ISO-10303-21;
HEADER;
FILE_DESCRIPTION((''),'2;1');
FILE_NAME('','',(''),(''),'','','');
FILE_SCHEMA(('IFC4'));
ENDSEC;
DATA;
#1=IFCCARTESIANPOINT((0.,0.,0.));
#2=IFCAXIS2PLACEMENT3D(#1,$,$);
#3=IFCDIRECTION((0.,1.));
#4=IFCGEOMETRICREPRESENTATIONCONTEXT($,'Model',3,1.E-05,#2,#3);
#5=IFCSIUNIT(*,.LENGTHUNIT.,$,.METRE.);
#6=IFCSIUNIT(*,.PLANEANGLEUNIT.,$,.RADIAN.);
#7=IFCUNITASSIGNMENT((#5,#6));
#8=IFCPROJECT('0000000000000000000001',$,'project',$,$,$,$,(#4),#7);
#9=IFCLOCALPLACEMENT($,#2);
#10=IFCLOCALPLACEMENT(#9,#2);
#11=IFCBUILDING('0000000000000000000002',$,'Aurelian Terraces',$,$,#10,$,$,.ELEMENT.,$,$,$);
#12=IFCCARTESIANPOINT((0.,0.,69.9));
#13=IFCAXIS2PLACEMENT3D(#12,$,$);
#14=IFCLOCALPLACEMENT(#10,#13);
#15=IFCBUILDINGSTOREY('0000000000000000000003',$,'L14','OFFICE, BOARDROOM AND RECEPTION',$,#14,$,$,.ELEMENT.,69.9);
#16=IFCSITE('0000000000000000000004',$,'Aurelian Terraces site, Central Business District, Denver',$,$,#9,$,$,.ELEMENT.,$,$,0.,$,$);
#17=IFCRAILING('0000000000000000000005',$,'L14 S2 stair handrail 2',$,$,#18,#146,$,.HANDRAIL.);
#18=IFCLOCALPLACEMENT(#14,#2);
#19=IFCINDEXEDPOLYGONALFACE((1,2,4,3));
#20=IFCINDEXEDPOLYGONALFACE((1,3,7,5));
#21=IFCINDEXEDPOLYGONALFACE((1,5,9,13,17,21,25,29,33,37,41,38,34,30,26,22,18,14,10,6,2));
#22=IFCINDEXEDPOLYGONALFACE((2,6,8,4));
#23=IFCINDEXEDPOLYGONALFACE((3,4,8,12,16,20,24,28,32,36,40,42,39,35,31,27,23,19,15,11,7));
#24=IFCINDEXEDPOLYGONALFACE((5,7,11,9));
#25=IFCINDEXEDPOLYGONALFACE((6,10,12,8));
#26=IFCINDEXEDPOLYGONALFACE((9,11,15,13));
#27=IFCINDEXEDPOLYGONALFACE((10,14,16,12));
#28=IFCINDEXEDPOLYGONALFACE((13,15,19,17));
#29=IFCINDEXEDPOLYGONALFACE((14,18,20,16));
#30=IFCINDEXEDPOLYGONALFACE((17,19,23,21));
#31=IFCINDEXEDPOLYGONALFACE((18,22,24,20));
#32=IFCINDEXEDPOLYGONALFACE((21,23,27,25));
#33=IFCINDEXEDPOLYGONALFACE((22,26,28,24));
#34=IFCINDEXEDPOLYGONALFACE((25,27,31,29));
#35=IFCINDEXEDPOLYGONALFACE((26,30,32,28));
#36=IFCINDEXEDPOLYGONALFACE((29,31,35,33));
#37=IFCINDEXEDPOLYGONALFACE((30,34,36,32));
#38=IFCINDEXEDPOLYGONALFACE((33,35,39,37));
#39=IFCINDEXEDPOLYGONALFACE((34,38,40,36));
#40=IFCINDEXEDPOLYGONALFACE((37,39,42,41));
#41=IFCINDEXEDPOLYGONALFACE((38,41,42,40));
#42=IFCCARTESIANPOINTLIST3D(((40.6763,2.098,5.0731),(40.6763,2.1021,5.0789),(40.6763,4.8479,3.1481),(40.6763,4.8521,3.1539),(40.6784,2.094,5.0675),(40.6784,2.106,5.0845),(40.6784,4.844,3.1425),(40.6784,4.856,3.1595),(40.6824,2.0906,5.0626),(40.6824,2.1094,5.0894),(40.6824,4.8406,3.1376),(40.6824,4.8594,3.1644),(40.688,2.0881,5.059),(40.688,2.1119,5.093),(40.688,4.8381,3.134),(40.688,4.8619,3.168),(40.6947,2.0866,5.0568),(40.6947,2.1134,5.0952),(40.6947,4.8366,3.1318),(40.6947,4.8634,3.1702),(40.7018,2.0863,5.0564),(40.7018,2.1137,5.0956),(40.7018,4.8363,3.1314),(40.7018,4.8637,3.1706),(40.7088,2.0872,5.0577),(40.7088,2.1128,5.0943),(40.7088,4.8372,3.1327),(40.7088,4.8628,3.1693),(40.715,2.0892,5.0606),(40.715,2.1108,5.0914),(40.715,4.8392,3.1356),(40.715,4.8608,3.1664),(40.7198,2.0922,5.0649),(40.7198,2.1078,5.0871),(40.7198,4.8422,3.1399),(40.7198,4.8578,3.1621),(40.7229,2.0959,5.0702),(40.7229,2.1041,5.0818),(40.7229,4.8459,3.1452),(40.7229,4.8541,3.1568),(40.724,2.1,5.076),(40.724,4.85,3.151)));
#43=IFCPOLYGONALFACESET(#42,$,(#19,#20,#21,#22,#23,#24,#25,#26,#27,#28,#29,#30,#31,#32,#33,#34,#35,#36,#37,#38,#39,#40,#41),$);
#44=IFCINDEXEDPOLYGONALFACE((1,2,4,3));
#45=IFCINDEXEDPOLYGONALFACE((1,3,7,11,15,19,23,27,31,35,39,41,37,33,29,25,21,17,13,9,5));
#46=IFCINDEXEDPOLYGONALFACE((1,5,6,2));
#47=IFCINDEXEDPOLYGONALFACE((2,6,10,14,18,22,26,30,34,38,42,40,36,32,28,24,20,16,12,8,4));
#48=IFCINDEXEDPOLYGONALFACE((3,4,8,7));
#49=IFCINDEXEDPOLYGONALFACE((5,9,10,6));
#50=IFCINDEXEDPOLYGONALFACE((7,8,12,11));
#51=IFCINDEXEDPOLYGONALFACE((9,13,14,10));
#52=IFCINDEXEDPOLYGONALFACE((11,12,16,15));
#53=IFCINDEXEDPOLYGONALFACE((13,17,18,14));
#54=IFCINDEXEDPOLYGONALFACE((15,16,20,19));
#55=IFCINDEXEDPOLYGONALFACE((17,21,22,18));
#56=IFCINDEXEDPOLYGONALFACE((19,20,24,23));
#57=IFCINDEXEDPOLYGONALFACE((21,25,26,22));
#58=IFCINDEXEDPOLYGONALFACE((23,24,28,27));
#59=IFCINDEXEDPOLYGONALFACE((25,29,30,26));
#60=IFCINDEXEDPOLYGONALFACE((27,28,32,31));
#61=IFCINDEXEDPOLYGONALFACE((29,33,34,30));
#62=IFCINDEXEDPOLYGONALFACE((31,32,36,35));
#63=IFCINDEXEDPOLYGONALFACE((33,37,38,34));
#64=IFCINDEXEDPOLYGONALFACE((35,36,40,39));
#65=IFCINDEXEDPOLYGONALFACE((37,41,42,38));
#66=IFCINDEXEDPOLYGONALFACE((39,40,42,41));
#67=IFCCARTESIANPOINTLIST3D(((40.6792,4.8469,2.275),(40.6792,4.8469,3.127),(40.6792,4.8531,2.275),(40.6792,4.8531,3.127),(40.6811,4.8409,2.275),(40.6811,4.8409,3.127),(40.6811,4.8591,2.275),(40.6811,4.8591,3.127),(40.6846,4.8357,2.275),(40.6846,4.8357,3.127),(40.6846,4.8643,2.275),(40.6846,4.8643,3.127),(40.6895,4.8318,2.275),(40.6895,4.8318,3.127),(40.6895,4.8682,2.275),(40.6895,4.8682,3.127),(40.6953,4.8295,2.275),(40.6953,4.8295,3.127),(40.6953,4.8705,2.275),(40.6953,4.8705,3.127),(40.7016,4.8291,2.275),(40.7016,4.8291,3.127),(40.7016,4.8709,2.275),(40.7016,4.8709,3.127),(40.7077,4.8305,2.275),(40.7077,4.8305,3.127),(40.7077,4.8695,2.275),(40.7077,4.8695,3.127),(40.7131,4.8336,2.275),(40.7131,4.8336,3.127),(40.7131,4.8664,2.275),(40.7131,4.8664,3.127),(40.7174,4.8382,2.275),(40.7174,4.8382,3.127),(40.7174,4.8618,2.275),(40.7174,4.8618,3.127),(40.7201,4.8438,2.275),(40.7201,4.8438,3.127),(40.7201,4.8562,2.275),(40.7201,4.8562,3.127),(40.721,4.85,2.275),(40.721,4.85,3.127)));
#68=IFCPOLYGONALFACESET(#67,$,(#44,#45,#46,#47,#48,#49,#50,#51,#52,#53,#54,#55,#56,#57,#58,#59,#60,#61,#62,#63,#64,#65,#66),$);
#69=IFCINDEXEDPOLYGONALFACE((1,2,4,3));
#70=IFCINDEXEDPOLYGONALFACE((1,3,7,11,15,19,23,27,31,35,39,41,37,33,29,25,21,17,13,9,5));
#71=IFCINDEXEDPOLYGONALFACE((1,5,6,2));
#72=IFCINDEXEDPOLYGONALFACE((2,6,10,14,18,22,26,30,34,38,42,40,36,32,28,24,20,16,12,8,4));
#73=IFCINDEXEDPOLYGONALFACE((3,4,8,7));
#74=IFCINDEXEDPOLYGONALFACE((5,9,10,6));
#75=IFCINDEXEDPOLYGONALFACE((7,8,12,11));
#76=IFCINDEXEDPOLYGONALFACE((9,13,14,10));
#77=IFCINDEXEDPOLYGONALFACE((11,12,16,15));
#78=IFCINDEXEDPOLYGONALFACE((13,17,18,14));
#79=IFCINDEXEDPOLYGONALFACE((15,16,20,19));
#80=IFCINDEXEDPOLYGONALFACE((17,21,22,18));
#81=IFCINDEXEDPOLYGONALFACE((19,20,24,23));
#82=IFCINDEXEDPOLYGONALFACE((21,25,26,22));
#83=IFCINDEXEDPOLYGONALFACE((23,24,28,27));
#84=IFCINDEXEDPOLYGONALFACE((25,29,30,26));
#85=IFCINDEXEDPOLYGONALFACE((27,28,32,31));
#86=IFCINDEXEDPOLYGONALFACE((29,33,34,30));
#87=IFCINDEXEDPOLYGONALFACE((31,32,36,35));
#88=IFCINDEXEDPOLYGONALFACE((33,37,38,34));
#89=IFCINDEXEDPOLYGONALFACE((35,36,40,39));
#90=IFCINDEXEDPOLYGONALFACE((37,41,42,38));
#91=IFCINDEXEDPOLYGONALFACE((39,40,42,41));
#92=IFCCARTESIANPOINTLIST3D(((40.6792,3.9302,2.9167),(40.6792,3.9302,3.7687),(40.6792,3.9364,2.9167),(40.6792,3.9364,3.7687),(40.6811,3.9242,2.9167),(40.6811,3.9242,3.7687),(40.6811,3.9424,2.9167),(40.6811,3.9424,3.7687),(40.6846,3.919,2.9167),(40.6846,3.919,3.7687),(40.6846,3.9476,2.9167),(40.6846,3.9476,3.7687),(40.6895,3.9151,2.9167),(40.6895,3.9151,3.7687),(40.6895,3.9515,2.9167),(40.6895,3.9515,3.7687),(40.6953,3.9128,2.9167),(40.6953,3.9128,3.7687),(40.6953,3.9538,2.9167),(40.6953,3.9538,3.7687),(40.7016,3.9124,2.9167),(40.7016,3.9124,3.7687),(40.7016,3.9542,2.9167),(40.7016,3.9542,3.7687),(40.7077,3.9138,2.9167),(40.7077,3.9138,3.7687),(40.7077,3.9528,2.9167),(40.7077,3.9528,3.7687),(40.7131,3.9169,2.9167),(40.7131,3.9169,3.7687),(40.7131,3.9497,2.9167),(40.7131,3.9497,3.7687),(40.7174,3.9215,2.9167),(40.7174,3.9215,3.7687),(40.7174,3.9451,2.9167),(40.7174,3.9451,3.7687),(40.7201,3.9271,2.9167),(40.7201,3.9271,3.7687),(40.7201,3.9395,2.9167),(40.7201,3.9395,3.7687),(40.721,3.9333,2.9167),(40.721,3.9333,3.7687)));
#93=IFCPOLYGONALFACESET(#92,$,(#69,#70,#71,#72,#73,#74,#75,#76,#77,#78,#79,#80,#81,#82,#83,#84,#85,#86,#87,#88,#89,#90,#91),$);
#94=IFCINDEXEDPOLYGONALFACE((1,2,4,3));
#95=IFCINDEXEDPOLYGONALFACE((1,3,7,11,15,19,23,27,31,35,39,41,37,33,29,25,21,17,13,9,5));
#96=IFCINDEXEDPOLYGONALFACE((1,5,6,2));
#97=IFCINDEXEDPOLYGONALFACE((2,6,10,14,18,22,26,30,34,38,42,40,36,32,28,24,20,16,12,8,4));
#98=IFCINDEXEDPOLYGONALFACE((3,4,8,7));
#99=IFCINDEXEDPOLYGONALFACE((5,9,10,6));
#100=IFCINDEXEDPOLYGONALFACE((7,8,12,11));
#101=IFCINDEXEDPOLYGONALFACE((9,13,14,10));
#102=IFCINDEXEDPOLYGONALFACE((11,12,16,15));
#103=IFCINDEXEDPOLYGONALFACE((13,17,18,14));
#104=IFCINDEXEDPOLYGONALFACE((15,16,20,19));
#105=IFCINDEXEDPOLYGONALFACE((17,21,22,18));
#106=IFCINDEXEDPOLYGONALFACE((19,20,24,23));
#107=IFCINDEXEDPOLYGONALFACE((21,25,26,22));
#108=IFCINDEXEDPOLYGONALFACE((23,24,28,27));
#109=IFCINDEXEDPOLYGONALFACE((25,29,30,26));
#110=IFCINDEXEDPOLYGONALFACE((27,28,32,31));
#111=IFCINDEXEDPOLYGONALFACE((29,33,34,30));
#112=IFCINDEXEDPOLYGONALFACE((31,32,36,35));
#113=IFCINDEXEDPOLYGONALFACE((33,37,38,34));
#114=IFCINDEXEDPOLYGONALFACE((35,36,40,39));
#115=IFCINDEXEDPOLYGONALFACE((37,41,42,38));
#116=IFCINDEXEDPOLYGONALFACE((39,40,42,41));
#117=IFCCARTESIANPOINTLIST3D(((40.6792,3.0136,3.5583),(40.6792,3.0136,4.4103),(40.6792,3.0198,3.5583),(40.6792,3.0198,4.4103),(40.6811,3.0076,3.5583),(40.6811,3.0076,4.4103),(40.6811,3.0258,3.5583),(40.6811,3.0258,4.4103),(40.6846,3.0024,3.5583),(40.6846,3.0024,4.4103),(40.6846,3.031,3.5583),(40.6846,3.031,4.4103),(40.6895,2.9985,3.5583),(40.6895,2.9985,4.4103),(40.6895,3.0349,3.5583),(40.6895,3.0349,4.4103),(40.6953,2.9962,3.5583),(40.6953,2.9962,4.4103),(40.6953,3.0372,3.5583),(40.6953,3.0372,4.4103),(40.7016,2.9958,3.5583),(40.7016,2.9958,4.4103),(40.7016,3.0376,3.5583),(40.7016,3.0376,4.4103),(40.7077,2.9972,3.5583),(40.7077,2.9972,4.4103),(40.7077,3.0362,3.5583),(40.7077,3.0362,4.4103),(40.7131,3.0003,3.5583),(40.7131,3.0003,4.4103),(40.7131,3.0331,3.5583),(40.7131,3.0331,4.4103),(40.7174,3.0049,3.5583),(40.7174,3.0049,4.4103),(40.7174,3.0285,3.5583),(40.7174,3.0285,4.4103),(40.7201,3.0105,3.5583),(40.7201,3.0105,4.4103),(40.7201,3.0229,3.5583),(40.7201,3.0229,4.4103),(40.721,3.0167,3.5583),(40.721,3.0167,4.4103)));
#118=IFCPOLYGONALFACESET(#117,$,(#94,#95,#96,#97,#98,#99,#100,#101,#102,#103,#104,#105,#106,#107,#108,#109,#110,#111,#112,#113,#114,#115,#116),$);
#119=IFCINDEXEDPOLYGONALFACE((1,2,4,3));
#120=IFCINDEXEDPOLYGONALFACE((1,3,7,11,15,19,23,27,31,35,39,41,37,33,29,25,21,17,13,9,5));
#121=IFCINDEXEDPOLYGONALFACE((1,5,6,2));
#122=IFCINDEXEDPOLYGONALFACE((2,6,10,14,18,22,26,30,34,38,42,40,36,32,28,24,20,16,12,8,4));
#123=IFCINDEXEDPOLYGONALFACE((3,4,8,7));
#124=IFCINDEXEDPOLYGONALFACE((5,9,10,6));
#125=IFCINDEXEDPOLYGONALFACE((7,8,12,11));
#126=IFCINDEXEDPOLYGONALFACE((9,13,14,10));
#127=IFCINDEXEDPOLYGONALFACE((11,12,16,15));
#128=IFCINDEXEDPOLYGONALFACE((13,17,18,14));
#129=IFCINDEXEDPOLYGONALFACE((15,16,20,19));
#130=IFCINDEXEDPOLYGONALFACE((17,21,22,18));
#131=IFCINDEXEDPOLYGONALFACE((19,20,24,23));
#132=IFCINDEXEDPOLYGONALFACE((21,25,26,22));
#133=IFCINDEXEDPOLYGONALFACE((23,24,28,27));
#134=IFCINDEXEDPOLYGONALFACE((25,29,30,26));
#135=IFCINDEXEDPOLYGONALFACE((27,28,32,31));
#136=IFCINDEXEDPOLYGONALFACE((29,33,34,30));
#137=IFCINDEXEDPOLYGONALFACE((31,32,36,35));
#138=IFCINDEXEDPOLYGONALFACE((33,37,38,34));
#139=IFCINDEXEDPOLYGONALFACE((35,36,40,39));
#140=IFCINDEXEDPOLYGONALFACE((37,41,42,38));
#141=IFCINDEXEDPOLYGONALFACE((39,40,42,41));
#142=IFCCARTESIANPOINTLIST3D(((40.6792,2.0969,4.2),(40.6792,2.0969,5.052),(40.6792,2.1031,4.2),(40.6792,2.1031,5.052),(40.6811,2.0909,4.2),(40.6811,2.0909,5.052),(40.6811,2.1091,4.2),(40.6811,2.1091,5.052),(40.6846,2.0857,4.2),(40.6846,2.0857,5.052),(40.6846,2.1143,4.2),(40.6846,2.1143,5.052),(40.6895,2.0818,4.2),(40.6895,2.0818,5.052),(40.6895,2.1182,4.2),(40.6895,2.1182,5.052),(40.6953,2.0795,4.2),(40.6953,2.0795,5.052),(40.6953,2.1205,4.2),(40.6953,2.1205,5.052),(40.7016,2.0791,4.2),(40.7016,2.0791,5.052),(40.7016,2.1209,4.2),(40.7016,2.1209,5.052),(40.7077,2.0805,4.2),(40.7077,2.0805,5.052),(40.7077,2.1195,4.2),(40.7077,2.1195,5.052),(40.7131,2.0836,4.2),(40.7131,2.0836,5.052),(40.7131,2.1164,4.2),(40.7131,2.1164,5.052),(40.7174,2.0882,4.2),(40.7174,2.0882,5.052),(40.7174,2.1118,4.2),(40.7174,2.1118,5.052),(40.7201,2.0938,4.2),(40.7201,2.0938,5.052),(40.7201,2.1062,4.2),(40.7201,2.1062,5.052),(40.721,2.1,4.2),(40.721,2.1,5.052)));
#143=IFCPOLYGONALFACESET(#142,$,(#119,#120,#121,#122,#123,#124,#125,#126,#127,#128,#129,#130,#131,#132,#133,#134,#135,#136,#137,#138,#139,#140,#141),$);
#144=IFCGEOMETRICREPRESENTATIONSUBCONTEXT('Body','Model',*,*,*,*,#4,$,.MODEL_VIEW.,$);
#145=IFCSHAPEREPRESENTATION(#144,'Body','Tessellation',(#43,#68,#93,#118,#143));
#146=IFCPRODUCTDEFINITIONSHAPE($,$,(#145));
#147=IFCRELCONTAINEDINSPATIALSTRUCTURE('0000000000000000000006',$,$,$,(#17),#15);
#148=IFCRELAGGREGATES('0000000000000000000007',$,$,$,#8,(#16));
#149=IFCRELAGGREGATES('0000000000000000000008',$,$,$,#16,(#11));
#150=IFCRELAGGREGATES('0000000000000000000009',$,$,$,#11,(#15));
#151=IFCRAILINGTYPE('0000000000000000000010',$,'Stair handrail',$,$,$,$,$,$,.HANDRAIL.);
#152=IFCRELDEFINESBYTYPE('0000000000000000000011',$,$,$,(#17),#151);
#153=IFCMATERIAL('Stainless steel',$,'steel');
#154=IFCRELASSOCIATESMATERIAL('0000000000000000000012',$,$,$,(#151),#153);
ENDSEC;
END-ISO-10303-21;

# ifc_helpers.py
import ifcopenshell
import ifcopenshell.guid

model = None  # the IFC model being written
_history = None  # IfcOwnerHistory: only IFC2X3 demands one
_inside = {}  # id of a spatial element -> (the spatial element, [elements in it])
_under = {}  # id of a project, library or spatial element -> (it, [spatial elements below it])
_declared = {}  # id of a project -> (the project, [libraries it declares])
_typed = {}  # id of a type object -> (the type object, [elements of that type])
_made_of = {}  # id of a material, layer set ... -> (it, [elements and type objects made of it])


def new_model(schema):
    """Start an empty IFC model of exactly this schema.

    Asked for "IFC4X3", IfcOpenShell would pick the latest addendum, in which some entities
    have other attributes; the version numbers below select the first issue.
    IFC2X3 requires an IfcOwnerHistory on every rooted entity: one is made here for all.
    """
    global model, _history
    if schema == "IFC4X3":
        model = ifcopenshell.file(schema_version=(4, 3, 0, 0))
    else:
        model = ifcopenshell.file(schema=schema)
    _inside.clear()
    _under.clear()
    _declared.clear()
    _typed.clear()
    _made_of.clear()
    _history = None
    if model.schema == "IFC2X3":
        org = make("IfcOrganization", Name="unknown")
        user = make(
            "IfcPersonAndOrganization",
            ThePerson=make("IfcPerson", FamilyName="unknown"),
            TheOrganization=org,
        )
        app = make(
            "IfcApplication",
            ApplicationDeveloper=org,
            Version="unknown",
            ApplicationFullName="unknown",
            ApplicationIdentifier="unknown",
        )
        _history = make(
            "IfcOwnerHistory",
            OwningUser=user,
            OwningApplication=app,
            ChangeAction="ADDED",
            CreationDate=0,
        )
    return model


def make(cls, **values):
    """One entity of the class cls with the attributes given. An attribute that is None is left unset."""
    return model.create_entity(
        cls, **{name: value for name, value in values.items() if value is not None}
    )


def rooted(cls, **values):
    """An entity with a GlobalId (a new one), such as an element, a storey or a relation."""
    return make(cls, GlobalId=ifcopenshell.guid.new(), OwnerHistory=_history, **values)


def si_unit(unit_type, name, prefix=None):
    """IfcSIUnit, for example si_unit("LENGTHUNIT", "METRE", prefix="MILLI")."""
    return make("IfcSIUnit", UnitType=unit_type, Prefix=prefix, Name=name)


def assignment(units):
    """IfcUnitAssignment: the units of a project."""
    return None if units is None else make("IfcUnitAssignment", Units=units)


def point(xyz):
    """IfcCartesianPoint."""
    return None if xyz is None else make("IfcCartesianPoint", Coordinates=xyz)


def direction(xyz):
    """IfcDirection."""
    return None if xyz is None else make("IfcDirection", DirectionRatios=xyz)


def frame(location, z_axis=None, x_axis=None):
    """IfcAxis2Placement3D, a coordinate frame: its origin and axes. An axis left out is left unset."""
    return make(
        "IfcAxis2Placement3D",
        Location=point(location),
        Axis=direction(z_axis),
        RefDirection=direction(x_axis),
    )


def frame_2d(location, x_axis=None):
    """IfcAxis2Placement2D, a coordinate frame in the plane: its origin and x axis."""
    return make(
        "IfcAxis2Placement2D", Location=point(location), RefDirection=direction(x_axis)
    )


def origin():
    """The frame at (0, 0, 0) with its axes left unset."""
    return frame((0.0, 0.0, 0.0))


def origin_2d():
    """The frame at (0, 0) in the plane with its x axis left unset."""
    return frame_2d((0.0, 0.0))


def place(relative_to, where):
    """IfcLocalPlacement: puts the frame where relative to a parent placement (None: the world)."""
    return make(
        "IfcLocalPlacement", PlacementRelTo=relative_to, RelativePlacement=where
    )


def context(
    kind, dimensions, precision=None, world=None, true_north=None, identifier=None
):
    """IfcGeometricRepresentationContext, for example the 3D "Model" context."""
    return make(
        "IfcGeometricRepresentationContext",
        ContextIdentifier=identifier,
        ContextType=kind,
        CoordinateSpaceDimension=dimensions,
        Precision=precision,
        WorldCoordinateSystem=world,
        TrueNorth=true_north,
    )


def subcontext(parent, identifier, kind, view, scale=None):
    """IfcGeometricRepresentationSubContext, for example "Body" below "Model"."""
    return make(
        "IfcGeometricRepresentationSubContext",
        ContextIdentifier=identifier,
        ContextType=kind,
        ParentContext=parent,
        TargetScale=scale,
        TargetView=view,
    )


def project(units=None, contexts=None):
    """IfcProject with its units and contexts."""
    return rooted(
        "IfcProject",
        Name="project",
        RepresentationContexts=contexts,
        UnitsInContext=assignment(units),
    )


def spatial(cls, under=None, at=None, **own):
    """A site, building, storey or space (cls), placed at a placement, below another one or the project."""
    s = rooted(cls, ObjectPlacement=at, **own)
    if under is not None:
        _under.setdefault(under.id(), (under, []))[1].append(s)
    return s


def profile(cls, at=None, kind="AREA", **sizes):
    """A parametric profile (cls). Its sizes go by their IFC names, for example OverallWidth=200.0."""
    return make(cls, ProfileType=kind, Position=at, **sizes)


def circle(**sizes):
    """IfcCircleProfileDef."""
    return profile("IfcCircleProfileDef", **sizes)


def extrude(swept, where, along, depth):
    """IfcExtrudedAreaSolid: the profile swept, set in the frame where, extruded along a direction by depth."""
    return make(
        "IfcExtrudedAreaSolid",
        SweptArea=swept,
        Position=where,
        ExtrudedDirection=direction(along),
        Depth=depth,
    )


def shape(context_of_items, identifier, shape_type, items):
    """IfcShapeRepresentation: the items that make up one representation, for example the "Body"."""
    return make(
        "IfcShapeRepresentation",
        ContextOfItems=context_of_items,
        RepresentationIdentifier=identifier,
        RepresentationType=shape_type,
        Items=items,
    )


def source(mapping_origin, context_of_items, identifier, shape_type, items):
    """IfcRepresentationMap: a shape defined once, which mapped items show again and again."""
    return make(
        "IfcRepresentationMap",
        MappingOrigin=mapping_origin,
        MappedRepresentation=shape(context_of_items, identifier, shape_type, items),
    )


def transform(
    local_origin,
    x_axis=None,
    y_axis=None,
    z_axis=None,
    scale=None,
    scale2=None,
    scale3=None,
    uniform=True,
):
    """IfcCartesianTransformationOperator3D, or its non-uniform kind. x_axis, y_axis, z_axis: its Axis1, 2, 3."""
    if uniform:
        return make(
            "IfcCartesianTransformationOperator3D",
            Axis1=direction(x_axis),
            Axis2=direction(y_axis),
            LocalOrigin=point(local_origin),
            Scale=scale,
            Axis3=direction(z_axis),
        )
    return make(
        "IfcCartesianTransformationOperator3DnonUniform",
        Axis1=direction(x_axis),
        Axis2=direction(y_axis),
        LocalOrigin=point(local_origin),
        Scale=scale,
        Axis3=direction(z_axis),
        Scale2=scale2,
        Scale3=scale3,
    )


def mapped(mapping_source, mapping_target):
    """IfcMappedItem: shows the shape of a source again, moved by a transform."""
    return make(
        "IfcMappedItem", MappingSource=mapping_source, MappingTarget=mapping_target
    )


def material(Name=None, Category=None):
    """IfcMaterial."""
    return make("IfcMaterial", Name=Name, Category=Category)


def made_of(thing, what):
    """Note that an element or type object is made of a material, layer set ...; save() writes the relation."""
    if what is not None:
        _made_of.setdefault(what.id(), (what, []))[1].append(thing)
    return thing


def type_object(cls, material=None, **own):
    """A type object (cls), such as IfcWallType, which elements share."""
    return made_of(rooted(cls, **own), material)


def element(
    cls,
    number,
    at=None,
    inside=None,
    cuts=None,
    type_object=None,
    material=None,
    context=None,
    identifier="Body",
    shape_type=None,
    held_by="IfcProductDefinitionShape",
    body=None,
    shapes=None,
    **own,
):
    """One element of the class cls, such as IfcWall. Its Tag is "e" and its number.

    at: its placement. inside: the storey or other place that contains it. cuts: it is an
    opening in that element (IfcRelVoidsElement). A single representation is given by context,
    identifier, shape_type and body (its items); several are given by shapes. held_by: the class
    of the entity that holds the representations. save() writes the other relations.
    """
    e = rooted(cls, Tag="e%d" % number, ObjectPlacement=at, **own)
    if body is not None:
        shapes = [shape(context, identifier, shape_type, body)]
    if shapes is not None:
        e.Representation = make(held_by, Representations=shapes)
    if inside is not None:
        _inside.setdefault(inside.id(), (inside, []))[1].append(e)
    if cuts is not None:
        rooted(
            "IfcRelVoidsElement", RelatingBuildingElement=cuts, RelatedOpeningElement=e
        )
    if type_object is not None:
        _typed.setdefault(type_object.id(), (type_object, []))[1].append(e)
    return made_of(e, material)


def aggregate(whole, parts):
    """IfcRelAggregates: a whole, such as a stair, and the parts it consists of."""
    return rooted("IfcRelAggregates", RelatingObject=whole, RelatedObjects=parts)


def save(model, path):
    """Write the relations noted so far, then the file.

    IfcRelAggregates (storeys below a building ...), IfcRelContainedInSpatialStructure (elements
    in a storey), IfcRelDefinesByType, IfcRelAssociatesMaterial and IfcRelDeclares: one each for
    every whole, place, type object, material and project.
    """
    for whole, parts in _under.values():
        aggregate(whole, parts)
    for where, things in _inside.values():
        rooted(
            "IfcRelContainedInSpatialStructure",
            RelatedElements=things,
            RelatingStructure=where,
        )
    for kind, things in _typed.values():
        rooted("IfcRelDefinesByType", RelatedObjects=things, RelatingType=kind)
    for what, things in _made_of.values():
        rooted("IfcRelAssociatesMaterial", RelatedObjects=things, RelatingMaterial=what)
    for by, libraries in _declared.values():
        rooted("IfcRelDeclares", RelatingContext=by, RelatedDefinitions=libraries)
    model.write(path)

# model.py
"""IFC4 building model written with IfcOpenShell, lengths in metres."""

from ifc_helpers import new_model, si_unit, direction, frame, origin, origin_2d, place, context, subcontext, project, spatial, circle, extrude, source, transform, mapped, material, type_object, element, save


model = new_model("IFC4")

# Units and contexts
model_context = context("Model", 3, precision=1e-05, world=origin(), true_north=direction((0.0, 1.0)))
body_context = subcontext(model_context, "Body", "Model", "MODEL_VIEW")
ifc_project = project(units=[si_unit("LENGTHUNIT", "METRE"), si_unit("PLANEANGLEUNIT", "RADIAN")], contexts=[model_context])

# Site, building, storey
site_placement = place(None, origin())
site = spatial("IfcSite", under=ifc_project, at=site_placement, Name="Aurelian Terraces site, Central Business District, Denver", CompositionType="ELEMENT", RefElevation=0.0)
building_placement = place(site_placement, origin())
building = spatial("IfcBuilding", under=site, at=building_placement, Name="Aurelian Terraces", CompositionType="ELEMENT")
storey_placement = place(building_placement, frame((0.0, 0.0, 69.9)))
storey = spatial("IfcBuildingStorey", under=building, at=storey_placement, Name="L14", Description="OFFICE, BOARDROOM AND RECEPTION", CompositionType="ELEMENT", Elevation=69.9)

# Railing
ifc_material_1 = material(Name="Stainless steel", Category="steel")
railing_type_1 = type_object("IfcRailingType", Name="Stair handrail", PredefinedType="HANDRAIL", material=ifc_material_1)
shared_shape_1 = source(origin(), body_context, "Body", "SweptSolid", [
    extrude(circle(Radius=0.024, at=origin_2d()), frame((0.0, 0.0, 0.876), z_axis=(0.0, -0.819232, 0.573462), x_axis=(1.0, 0.0, 0.0)), (0.0, 0.0, 1.0), 3.3568),
    extrude(circle(Radius=0.021, at=origin_2d()), origin(), (0.0, 0.0, 1.0), 0.852),
    extrude(circle(Radius=0.021, at=origin_2d()), frame((0.0, -0.9167, 0.6417)), (0.0, 0.0, 1.0), 0.852),
    extrude(circle(Radius=0.021, at=origin_2d()), frame((0.0, -1.8333, 1.2833)), (0.0, 0.0, 1.0), 0.852),
    extrude(circle(Radius=0.021, at=origin_2d()), frame((0.0, -2.75, 1.925)), (0.0, 0.0, 1.0), 0.852),
])
railing_1_placement = place(storey_placement, frame((40.7, 4.85, 2.275)))
element("IfcRailing", 1, at=railing_1_placement, inside=storey, type_object=railing_type_1, Name="L14 S2 stair handrail 2", PredefinedType="HANDRAIL", context=body_context, shape_type="MappedRepresentation", body=[
    mapped(shared_shape_1, transform((0.0, 0.0, 0.0), scale=1.0)),
])

save(model, "model.ifc")
